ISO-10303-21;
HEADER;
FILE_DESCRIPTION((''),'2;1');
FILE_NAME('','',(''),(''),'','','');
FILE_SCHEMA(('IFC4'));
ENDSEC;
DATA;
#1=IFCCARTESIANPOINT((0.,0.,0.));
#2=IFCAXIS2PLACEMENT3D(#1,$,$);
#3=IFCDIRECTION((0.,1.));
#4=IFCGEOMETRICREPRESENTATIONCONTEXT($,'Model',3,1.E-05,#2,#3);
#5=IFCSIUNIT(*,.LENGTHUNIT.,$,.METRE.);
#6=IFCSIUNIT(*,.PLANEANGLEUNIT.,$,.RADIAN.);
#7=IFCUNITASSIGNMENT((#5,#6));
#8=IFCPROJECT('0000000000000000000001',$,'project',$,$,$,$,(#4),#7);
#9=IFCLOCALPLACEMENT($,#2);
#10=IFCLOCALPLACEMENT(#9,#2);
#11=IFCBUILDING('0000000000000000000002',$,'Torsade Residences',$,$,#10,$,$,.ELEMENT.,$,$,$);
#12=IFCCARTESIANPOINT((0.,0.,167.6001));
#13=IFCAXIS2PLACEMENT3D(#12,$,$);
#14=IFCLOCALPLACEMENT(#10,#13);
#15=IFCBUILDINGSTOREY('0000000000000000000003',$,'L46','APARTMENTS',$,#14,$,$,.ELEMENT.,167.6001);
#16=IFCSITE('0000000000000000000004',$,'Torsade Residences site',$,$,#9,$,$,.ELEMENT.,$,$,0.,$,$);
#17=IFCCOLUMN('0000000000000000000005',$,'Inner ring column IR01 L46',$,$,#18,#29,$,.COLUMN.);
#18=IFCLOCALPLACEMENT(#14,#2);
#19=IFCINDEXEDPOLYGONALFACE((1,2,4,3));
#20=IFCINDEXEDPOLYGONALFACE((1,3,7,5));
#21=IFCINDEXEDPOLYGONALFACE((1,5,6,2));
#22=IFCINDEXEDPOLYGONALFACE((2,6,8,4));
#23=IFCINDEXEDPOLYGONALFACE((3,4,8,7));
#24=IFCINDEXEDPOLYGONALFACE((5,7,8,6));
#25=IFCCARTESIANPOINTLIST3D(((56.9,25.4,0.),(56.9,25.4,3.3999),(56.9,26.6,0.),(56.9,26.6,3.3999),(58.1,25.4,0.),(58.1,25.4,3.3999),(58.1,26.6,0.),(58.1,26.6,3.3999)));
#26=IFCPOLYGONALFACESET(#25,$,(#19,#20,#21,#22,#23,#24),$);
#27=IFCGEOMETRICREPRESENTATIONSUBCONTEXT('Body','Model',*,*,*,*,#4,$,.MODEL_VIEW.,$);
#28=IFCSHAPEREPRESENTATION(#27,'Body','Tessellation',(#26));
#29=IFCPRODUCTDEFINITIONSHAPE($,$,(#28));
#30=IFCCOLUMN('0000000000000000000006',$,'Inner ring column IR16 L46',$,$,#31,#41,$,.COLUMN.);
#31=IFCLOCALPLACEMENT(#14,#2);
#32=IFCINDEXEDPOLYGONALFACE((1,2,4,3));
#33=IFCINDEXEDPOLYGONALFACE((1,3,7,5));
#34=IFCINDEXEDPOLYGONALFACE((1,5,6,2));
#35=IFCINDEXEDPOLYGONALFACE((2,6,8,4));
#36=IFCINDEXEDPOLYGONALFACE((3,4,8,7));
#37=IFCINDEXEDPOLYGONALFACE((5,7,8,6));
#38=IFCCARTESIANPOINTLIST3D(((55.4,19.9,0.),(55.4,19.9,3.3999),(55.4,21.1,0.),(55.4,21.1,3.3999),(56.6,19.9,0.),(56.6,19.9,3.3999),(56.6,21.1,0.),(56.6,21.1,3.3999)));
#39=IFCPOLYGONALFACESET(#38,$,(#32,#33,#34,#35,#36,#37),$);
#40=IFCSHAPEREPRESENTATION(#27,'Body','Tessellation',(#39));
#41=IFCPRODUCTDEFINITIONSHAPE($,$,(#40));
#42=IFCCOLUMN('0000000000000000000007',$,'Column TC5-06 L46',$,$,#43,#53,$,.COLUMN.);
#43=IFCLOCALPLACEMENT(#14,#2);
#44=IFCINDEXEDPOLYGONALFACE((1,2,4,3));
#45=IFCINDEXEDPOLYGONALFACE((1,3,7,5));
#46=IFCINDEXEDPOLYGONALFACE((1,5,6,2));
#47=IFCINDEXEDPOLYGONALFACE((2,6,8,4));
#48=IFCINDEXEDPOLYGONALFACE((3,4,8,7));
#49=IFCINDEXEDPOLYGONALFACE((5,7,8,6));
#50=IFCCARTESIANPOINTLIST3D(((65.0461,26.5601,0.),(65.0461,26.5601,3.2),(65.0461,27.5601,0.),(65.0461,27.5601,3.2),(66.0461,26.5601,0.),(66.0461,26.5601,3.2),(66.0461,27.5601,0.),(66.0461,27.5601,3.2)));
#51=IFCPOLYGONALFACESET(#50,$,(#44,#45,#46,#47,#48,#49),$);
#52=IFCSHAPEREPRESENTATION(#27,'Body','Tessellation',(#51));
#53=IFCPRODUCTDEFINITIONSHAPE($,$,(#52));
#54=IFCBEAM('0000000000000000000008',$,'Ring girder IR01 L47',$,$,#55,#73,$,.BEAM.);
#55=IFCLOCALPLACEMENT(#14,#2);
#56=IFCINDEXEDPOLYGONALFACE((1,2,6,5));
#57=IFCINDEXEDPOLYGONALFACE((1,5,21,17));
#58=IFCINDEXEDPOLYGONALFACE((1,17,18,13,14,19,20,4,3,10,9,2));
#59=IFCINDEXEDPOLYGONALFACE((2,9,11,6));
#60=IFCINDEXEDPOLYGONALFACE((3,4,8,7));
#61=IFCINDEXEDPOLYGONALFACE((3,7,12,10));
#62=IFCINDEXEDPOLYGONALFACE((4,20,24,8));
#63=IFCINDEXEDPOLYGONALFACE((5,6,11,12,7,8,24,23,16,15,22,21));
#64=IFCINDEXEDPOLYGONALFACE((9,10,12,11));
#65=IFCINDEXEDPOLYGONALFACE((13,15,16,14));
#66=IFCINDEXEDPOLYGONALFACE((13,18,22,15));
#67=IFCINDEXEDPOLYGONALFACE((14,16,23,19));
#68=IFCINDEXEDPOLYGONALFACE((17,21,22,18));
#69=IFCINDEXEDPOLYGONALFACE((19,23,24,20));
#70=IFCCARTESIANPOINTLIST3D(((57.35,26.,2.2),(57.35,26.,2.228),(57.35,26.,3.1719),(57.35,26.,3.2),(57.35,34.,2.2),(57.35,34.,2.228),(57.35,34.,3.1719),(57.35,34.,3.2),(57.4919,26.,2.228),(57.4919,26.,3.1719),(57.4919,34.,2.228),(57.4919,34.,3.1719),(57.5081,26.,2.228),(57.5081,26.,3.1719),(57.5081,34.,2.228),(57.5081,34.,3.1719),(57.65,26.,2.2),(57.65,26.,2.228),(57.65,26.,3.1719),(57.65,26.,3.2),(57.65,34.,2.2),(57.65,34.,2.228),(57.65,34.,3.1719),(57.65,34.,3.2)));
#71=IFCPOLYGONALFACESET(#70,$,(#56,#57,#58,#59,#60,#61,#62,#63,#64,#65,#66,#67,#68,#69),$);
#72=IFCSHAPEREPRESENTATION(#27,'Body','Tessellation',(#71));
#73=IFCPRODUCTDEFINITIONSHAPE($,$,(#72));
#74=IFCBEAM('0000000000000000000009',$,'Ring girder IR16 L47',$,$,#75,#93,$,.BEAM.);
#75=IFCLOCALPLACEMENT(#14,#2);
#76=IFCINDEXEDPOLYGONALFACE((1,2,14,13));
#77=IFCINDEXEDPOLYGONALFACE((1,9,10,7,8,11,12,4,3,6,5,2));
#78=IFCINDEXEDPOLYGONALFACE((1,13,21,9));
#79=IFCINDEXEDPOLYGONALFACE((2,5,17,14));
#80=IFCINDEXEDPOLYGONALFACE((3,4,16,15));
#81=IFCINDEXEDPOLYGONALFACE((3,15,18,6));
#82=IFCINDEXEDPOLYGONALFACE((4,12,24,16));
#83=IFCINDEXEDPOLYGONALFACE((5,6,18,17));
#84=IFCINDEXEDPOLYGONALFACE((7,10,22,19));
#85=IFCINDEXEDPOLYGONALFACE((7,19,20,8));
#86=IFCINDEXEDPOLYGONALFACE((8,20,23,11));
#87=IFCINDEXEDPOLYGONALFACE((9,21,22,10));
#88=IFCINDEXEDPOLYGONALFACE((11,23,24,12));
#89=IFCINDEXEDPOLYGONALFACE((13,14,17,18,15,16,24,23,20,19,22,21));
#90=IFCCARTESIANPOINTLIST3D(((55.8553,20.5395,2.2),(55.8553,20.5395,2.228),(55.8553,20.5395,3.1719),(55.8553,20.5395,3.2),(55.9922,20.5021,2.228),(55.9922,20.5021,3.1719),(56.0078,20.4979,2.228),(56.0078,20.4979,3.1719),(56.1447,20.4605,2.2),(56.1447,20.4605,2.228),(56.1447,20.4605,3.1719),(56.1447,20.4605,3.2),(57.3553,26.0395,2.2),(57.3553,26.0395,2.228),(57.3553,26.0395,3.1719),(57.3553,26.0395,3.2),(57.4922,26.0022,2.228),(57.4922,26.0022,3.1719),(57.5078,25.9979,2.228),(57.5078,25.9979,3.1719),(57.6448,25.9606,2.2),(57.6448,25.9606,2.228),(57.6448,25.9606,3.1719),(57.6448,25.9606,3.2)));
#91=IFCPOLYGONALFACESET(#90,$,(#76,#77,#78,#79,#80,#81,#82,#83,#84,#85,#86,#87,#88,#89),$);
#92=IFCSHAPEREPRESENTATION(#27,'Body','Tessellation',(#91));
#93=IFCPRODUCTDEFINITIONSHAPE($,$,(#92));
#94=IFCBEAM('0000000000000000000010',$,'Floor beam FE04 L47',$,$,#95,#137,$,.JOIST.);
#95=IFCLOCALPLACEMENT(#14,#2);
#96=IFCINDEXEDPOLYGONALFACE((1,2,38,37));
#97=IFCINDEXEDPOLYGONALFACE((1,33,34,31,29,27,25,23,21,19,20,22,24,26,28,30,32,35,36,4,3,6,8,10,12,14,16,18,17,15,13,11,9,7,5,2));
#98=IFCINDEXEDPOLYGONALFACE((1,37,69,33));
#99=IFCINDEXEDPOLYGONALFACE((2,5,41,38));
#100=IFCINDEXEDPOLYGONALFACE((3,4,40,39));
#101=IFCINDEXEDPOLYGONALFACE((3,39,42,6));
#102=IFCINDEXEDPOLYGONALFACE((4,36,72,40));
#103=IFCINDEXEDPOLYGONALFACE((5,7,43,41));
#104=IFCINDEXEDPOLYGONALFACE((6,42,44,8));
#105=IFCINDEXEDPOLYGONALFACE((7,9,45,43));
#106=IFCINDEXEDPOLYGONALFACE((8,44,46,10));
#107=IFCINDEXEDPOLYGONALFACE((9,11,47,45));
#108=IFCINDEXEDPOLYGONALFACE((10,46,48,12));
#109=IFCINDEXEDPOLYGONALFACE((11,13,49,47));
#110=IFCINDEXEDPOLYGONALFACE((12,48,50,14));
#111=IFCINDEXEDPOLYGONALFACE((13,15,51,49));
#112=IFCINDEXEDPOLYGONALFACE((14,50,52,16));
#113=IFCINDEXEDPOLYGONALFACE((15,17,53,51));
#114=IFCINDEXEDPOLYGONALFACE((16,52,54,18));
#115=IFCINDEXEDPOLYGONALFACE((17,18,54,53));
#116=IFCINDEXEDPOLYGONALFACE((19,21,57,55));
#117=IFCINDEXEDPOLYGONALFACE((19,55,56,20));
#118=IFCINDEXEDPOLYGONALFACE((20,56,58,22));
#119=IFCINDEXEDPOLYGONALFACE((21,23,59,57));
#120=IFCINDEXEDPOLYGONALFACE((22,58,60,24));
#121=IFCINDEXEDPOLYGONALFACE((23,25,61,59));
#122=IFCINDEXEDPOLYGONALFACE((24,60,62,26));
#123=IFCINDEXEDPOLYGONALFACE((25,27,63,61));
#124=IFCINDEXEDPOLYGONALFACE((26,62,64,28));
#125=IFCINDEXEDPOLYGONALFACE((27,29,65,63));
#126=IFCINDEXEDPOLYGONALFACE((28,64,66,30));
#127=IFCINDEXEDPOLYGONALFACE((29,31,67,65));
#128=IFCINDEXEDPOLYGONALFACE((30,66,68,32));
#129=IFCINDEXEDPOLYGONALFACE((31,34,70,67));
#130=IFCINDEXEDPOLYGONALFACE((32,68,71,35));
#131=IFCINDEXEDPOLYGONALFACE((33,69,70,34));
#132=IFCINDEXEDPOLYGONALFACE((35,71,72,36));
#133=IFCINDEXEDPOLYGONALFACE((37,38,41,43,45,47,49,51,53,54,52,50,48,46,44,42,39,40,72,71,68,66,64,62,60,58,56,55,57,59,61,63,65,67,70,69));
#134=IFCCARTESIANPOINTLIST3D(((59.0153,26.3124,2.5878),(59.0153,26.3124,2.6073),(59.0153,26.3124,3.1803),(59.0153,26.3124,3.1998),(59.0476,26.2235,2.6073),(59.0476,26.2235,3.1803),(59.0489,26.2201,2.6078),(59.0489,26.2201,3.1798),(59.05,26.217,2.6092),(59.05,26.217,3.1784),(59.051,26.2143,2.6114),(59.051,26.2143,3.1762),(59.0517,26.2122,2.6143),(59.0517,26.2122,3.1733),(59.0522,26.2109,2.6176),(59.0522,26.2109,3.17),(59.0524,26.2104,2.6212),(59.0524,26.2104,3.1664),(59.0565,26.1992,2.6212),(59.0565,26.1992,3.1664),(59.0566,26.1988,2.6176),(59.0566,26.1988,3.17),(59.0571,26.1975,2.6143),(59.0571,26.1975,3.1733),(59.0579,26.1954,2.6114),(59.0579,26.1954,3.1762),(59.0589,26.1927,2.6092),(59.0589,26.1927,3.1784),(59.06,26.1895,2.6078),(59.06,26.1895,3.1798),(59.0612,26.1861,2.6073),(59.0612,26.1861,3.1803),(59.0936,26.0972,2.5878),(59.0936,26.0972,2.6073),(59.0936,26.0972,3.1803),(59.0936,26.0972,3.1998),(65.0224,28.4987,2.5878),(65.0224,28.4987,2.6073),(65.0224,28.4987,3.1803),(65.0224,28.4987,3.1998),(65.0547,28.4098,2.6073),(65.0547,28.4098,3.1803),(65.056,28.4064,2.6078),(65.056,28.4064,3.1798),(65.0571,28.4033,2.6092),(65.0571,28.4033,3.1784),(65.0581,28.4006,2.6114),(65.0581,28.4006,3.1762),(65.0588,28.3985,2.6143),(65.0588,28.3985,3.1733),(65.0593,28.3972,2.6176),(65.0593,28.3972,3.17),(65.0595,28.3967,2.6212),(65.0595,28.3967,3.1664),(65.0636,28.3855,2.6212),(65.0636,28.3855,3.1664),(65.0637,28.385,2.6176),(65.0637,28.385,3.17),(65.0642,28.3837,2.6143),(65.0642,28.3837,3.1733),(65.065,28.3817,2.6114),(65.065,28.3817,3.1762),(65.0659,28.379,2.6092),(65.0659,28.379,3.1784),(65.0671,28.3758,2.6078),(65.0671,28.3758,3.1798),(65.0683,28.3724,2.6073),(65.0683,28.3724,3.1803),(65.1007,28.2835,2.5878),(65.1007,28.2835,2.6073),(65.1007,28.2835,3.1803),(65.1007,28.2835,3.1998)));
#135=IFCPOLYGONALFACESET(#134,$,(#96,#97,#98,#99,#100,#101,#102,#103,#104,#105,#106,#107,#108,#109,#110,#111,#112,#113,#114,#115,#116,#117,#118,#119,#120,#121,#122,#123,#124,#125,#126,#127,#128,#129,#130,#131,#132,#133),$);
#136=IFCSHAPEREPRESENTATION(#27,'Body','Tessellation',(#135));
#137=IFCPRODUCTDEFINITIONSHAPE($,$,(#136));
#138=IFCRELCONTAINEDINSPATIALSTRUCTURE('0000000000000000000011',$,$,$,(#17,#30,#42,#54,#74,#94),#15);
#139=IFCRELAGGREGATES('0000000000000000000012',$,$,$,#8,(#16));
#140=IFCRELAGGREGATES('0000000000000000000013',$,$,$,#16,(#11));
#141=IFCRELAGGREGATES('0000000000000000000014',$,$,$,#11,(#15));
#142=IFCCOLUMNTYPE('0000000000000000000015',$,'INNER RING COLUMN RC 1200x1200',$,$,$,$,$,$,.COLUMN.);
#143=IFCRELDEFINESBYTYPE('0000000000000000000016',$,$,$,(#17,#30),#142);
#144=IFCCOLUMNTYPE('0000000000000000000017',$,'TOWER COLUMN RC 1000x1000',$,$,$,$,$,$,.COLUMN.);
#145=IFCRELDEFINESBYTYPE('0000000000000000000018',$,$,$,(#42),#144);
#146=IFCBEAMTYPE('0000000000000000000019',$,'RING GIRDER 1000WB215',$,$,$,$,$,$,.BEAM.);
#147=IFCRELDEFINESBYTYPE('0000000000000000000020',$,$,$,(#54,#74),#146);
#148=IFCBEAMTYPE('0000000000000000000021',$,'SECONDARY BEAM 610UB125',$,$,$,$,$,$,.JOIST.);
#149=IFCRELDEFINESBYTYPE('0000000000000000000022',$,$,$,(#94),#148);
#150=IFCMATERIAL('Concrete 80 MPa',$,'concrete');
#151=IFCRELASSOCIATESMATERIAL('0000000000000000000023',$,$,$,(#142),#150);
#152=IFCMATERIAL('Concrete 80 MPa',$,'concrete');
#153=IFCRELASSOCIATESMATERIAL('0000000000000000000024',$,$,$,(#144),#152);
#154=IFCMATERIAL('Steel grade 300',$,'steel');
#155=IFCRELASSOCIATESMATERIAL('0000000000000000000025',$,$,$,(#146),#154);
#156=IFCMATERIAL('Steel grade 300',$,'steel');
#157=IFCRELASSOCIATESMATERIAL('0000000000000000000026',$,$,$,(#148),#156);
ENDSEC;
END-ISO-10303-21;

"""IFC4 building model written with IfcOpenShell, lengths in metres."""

from ifc_helpers import new_model, si_unit, direction, frame, origin, origin_2d, place, context, subcontext, project, spatial, rectangle, i_section, extrude, material, material_profile, profile_set, type_object, element, save


model = new_model("IFC4")

# Units and contexts
model_context = context("Model", 3, precision=1e-05, world=origin(), true_north=direction((0.0, 1.0)))
body_context = subcontext(model_context, "Body", "Model", "MODEL_VIEW")
ifc_project = project(units=[si_unit("LENGTHUNIT", "METRE"), si_unit("PLANEANGLEUNIT", "RADIAN")], contexts=[model_context])

# Site, building, storey
site_placement = place(None, origin())
site = spatial("IfcSite", under=ifc_project, at=site_placement, Name="Torsade Residences site", CompositionType="ELEMENT", RefElevation=0.0)
building_placement = place(site_placement, origin())
building = spatial("IfcBuilding", under=site, at=building_placement, Name="Torsade Residences", CompositionType="ELEMENT")
storey_placement = place(building_placement, frame((0.0, 0.0, 167.6001)))
storey = spatial("IfcBuildingStorey", under=building, at=storey_placement, Name="L46", Description="APARTMENTS", CompositionType="ELEMENT", Elevation=167.6001)

# Columns
ifc_material_1 = material(Name="Concrete 80 MPa", Category="concrete")
ifc_material_profile_1 = material_profile(ifc_material_1, rectangle(XDim=1.2, YDim=1.2, at=origin_2d()), Name="RC 1200x1200")
ifc_profile_set_1 = profile_set([ifc_material_profile_1], Name="Concrete 80 MPa")
column_type_1 = type_object("IfcColumnType", Name="INNER RING COLUMN RC 1200x1200", PredefinedType="COLUMN", material=ifc_profile_set_1)
for number, where, z_axis, x_axis, name in (
    (1, (57.5, 26.0, 0.0), (0.0, 0.0, 1.0), (1.0, 0.0, 0.0), "Inner ring column IR01 L46"),
    (2, (56.0, 20.5, 0.0), (0.0, 0.0, 1.0), (1.0, 0.0, 0.0), "Inner ring column IR16 L46"),
):
    element("IfcColumn", number, at=place(storey_placement, frame(where, z_axis=z_axis, x_axis=x_axis)), inside=storey, type_object=column_type_1, Name=name, PredefinedType="COLUMN", context=body_context, shape_type="SweptSolid", body=[
        extrude(rectangle(XDim=1.2, YDim=1.2, at=origin_2d()), origin(), (0.0, 0.0, 1.0), 3.3999),
    ])
ifc_material_2 = material(Name="Concrete 80 MPa", Category="concrete")
ifc_material_profile_2 = material_profile(ifc_material_2, rectangle(XDim=1.0, YDim=1.0, at=origin_2d()), Name="RC 1000x1000")
ifc_profile_set_2 = profile_set([ifc_material_profile_2], Name="Concrete 80 MPa")
column_type_2 = type_object("IfcColumnType", Name="TOWER COLUMN RC 1000x1000", PredefinedType="COLUMN", material=ifc_profile_set_2)
column_placement = place(storey_placement, frame((65.5461, 27.0601, 0.0), z_axis=(0.0, 0.0, 1.0), x_axis=(1.0, 0.0, 0.0)))
element("IfcColumn", 3, at=column_placement, inside=storey, type_object=column_type_2, Name="Column TC5-06 L46", PredefinedType="COLUMN", context=body_context, shape_type="SweptSolid", body=[
    extrude(rectangle(XDim=1.0, YDim=1.0, at=origin_2d()), origin(), (0.0, 0.0, 1.0), 3.2),
])

# Beams
ifc_material_3 = material(Name="Steel grade 300", Category="steel")
ifc_material_profile_3 = material_profile(ifc_material_3, i_section(OverallWidth=0.3, OverallDepth=1.0, WebThickness=0.0161, FlangeThickness=0.0281, at=origin_2d()), Name="1000WB215")
ifc_profile_set_3 = profile_set([ifc_material_profile_3], Name="Steel grade 300")
beam_type_1 = type_object("IfcBeamType", Name="RING GIRDER 1000WB215", PredefinedType="BEAM", material=ifc_profile_set_3)
beam_1_placement = place(storey_placement, frame((57.5, 26.0, 2.7), z_axis=(0.0, 1.0, 0.0), x_axis=(-1.0, 0.0, 0.0)))
element("IfcBeam", 4, at=beam_1_placement, inside=storey, type_object=beam_type_1, Name="Ring girder IR01 L47", PredefinedType="BEAM", context=body_context, shape_type="SweptSolid", body=[
    extrude(i_section(OverallWidth=0.3, OverallDepth=1.0, WebThickness=0.0161, FlangeThickness=0.0281, at=origin_2d()), origin(), (0.0, 0.0, 1.0), 8.0),
])
beam_2_placement = place(storey_placement, frame((56.0, 20.5, 2.7), z_axis=(0.263117, 0.964764, 0.0), x_axis=(-0.964764, 0.263117, 0.0)))
element("IfcBeam", 5, at=beam_2_placement, inside=storey, type_object=beam_type_1, Name="Ring girder IR16 L47", PredefinedType="BEAM", context=body_context, shape_type="SweptSolid", body=[
    extrude(i_section(OverallWidth=0.3, OverallDepth=1.0, WebThickness=0.0161, FlangeThickness=0.0281, at=origin_2d()), origin(), (0.0, 0.0, 1.0), 5.7009),
])
ifc_material_4 = material(Name="Steel grade 300", Category="steel")
ifc_material_profile_4 = material_profile(ifc_material_4, i_section(OverallWidth=0.229, OverallDepth=0.6121, WebThickness=0.012, FlangeThickness=0.0195, FilletRadius=0.0139, at=origin_2d()), Name="610UB125")
ifc_profile_set_4 = profile_set([ifc_material_profile_4], Name="Steel grade 300")
beam_type_2 = type_object("IfcBeamType", Name="SECONDARY BEAM 610UB125", PredefinedType="JOIST", material=ifc_profile_set_4)
beam_3_placement = place(storey_placement, frame((65.0615, 28.3911, 2.8938), z_axis=(-0.939699, -0.342004, 0.0), x_axis=(0.342004, -0.939699, 0.0)))
element("IfcBeam", 6, at=beam_3_placement, inside=storey, type_object=beam_type_2, Name="Floor beam FE04 L47", PredefinedType="JOIST", context=body_context, shape_type="SweptSolid", body=[
    extrude(i_section(OverallWidth=0.229, OverallDepth=0.6121, WebThickness=0.012, FlangeThickness=0.0195, FilletRadius=0.0139, at=origin_2d()), origin(), (0.0, 0.0, 1.0), 6.3926),
])

save(model, "model.ifc")
